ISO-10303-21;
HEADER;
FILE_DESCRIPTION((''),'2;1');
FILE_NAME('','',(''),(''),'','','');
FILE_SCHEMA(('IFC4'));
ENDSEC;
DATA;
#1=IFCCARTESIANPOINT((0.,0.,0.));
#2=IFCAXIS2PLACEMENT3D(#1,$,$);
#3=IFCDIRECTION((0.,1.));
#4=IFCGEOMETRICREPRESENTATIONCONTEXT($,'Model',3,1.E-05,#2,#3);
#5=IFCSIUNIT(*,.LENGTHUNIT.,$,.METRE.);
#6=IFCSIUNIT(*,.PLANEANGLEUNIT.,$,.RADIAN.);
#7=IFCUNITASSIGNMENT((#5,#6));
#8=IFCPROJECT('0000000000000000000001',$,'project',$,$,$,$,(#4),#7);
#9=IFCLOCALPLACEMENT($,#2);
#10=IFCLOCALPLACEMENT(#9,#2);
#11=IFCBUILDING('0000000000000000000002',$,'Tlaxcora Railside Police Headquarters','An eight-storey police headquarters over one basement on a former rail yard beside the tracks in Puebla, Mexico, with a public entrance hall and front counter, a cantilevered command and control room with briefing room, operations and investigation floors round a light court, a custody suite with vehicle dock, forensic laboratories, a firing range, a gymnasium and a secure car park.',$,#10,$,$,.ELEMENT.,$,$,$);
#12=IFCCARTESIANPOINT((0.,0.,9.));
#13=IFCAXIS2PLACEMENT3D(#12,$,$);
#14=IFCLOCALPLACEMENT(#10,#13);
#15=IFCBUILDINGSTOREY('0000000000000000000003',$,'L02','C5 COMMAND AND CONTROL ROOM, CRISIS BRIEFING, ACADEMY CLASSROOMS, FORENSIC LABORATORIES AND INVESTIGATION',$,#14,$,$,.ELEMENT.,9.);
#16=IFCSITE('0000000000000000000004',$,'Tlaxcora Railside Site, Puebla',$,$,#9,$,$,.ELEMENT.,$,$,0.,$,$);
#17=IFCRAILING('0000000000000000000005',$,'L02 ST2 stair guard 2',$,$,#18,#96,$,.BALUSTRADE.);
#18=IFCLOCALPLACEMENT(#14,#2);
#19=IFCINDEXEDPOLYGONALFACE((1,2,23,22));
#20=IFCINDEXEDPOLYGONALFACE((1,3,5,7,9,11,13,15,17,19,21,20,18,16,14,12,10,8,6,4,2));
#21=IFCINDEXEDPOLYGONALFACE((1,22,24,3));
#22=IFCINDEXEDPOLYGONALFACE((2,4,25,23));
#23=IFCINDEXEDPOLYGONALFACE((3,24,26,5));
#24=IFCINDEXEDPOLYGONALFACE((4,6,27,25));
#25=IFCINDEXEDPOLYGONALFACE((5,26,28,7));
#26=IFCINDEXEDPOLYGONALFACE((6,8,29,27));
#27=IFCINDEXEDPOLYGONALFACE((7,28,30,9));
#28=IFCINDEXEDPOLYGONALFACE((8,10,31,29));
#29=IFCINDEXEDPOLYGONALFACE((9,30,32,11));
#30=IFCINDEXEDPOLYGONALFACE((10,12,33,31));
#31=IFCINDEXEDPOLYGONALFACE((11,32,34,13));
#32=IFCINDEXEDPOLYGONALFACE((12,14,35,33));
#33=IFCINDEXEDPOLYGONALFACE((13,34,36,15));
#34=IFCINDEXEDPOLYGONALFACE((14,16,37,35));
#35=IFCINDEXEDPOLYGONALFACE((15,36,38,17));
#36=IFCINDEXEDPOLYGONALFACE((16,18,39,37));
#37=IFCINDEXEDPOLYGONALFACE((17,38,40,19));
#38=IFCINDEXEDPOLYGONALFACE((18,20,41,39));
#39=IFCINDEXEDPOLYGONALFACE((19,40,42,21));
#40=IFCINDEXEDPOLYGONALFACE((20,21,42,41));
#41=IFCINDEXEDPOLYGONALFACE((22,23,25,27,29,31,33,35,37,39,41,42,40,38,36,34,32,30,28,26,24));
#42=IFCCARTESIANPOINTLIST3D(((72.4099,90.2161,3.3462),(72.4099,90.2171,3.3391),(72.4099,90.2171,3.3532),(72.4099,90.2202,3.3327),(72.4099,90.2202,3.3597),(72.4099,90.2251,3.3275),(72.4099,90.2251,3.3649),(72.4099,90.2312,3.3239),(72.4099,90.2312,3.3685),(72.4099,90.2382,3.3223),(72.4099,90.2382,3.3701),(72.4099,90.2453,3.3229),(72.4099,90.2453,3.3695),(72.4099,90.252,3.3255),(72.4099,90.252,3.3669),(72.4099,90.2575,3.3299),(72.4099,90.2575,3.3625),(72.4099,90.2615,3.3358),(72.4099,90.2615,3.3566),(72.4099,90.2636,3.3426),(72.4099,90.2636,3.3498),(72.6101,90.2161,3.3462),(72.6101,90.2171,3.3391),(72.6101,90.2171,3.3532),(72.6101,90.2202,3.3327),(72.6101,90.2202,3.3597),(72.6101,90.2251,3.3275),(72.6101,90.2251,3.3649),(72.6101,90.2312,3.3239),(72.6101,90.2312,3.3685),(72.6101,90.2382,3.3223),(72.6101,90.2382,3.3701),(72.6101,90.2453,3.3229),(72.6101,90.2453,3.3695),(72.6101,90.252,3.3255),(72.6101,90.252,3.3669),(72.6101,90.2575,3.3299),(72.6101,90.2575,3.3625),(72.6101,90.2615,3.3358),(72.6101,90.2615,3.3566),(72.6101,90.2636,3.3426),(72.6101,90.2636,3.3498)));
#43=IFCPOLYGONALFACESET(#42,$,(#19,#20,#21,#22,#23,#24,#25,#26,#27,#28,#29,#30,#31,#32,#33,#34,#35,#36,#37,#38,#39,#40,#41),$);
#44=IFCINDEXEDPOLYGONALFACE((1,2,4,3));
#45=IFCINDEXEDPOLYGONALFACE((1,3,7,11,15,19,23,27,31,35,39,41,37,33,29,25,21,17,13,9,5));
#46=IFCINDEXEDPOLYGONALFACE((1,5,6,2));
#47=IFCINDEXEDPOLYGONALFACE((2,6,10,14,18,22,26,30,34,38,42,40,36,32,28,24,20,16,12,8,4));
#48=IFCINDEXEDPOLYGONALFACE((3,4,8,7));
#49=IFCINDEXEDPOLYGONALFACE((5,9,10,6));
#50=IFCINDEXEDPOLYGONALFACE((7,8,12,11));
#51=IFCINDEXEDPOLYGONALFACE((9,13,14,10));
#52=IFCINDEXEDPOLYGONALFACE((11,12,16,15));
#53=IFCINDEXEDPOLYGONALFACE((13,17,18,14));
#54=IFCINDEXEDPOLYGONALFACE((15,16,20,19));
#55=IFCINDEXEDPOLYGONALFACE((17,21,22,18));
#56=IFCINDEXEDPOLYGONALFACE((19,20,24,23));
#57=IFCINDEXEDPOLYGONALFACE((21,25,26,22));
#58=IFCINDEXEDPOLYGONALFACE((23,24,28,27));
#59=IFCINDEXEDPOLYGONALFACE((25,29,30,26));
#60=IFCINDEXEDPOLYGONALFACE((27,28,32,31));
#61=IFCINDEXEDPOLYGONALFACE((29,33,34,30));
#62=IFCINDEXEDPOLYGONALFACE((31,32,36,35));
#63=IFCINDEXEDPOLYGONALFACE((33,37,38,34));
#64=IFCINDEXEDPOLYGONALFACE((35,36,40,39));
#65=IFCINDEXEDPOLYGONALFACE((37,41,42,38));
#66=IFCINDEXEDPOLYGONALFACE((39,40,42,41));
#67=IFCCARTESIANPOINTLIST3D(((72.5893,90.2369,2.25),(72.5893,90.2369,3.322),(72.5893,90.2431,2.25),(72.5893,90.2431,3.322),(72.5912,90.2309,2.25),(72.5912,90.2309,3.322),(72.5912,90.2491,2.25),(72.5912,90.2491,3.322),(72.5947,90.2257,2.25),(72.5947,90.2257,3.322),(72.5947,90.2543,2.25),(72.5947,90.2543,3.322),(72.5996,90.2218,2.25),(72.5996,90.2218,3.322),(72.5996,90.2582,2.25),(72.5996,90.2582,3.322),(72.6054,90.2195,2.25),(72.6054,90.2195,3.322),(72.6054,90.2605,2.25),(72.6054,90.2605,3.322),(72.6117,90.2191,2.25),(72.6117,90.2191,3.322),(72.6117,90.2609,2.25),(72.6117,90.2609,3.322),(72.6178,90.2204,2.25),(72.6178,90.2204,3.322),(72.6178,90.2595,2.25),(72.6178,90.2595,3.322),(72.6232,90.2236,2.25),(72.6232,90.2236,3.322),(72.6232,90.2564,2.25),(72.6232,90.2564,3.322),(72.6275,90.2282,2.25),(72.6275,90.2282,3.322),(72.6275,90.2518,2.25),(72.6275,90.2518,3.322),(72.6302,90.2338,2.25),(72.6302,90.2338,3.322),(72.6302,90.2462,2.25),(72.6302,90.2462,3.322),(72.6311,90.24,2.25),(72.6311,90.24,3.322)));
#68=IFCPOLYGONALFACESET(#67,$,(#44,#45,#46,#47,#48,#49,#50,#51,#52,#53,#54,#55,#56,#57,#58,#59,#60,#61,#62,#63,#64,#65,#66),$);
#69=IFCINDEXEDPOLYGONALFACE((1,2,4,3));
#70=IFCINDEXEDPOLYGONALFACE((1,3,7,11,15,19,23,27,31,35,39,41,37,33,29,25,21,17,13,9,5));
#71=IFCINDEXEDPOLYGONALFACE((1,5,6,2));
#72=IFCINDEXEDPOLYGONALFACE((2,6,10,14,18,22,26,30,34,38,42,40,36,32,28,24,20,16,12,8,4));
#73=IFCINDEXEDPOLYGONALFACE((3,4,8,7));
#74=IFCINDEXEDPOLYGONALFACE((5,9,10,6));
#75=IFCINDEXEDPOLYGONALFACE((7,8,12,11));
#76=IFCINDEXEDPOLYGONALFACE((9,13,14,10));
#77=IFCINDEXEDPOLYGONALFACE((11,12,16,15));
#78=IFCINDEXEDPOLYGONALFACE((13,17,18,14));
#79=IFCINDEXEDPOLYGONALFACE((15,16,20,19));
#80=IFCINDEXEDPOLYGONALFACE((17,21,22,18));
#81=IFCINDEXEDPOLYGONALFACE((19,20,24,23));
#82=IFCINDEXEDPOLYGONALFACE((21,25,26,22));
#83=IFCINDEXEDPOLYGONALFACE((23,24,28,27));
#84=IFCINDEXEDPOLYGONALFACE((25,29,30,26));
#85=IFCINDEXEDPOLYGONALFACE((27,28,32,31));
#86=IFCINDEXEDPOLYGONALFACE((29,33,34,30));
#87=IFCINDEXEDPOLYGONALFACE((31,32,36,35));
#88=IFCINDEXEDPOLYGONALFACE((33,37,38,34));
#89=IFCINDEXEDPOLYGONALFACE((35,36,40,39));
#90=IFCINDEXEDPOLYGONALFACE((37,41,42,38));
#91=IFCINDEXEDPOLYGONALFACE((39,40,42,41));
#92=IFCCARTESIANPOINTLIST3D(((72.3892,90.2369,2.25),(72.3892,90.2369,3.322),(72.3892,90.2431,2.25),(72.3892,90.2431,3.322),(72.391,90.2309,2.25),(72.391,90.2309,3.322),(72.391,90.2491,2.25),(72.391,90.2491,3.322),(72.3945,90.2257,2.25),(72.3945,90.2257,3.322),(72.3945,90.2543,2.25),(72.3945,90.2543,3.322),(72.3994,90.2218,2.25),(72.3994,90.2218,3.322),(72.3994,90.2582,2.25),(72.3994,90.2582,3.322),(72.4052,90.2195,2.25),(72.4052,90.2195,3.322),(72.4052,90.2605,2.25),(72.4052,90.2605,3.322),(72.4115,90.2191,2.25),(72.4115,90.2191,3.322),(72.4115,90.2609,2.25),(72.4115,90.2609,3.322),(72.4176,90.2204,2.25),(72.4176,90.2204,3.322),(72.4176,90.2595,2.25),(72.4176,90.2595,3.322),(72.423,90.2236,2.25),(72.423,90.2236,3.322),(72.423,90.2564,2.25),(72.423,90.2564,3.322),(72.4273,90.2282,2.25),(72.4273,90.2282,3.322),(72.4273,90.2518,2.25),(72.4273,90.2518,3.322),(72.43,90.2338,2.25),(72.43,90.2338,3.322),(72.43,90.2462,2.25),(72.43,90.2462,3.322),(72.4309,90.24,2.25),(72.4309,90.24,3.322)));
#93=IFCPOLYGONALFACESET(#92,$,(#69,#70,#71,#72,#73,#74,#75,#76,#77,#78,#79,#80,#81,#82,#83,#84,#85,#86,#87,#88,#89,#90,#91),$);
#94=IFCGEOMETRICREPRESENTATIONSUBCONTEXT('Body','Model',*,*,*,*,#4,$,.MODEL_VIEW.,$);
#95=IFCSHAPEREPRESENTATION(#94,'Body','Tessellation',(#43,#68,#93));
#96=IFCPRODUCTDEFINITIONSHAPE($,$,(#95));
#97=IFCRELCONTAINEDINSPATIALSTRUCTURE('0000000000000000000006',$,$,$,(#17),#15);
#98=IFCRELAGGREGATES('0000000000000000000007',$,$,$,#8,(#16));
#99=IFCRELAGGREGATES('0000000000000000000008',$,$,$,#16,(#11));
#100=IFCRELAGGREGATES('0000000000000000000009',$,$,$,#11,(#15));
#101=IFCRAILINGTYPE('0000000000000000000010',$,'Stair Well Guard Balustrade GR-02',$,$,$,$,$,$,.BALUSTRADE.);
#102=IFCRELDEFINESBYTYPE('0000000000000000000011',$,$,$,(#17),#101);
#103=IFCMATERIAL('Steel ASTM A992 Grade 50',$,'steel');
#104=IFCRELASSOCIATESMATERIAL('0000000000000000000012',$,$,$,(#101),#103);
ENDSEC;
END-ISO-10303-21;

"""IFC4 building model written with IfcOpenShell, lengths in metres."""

from ifc_helpers import new_model, si_unit, direction, frame, origin, origin_2d, place, context, subcontext, project, spatial, circle, extrude, material, type_object, element, save


model = new_model("IFC4")

# Units and contexts
model_context = context("Model", 3, precision=1e-05, world=origin(), true_north=direction((0.0, 1.0)))
body_context = subcontext(model_context, "Body", "Model", "MODEL_VIEW")
ifc_project = project(units=[si_unit("LENGTHUNIT", "METRE"), si_unit("PLANEANGLEUNIT", "RADIAN")], contexts=[model_context])

# Site, building, storey
site_placement = place(None, origin())
site = spatial("IfcSite", under=ifc_project, at=site_placement, Name="Tlaxcora Railside Site, Puebla", CompositionType="ELEMENT", RefElevation=0.0)
building_placement = place(site_placement, origin())
building = spatial("IfcBuilding", under=site, at=building_placement, Name="Tlaxcora Railside Police Headquarters", Description="An eight-storey police headquarters over one basement on a former rail yard beside the tracks in Puebla, Mexico, with a public entrance hall and front counter, a cantilevered command and control room with briefing room, operations and investigation floors round a light court, a custody suite with vehicle dock, forensic laboratories, a firing range, a gymnasium and a secure car park.", CompositionType="ELEMENT")
storey_placement = place(building_placement, frame((0.0, 0.0, 9.0)))
storey = spatial("IfcBuildingStorey", under=building, at=storey_placement, Name="L02", Description="C5 COMMAND AND CONTROL ROOM, CRISIS BRIEFING, ACADEMY CLASSROOMS, FORENSIC LABORATORIES AND INVESTIGATION", CompositionType="ELEMENT", Elevation=9.0)

# Shared definitions
ifc_material_1 = material(Name="Steel ASTM A992 Grade 50", Category="steel")

# Railing
railing_type_1 = type_object("IfcRailingType", Name="Stair Well Guard Balustrade GR-02", PredefinedType="BALUSTRADE", material=ifc_material_1)
railing_1_placement = place(storey_placement, frame((72.6101, 90.24, 2.25)))
element("IfcRailing", 1, at=railing_1_placement, inside=storey, type_object=railing_type_1, Name="L02 ST2 stair guard 2", PredefinedType="BALUSTRADE", context=body_context, shape_type="SweptSolid", body=[
    extrude(circle(Radius=0.0239, at=origin_2d()), frame((0.0, 0.0, 1.0962), z_axis=(-1.0, 0.0, 0.0), x_axis=(0.0, -1.0, 0.0)), (0.0, 0.0, 1.0), 0.2002),
    extrude(circle(Radius=0.021, at=origin_2d()), origin(), (0.0, 0.0, 1.0), 1.072),
    extrude(circle(Radius=0.021, at=origin_2d()), frame((-0.2002, 0.0, 0.0)), (0.0, 0.0, 1.0), 1.072),
])

save(model, "model.ifc")
